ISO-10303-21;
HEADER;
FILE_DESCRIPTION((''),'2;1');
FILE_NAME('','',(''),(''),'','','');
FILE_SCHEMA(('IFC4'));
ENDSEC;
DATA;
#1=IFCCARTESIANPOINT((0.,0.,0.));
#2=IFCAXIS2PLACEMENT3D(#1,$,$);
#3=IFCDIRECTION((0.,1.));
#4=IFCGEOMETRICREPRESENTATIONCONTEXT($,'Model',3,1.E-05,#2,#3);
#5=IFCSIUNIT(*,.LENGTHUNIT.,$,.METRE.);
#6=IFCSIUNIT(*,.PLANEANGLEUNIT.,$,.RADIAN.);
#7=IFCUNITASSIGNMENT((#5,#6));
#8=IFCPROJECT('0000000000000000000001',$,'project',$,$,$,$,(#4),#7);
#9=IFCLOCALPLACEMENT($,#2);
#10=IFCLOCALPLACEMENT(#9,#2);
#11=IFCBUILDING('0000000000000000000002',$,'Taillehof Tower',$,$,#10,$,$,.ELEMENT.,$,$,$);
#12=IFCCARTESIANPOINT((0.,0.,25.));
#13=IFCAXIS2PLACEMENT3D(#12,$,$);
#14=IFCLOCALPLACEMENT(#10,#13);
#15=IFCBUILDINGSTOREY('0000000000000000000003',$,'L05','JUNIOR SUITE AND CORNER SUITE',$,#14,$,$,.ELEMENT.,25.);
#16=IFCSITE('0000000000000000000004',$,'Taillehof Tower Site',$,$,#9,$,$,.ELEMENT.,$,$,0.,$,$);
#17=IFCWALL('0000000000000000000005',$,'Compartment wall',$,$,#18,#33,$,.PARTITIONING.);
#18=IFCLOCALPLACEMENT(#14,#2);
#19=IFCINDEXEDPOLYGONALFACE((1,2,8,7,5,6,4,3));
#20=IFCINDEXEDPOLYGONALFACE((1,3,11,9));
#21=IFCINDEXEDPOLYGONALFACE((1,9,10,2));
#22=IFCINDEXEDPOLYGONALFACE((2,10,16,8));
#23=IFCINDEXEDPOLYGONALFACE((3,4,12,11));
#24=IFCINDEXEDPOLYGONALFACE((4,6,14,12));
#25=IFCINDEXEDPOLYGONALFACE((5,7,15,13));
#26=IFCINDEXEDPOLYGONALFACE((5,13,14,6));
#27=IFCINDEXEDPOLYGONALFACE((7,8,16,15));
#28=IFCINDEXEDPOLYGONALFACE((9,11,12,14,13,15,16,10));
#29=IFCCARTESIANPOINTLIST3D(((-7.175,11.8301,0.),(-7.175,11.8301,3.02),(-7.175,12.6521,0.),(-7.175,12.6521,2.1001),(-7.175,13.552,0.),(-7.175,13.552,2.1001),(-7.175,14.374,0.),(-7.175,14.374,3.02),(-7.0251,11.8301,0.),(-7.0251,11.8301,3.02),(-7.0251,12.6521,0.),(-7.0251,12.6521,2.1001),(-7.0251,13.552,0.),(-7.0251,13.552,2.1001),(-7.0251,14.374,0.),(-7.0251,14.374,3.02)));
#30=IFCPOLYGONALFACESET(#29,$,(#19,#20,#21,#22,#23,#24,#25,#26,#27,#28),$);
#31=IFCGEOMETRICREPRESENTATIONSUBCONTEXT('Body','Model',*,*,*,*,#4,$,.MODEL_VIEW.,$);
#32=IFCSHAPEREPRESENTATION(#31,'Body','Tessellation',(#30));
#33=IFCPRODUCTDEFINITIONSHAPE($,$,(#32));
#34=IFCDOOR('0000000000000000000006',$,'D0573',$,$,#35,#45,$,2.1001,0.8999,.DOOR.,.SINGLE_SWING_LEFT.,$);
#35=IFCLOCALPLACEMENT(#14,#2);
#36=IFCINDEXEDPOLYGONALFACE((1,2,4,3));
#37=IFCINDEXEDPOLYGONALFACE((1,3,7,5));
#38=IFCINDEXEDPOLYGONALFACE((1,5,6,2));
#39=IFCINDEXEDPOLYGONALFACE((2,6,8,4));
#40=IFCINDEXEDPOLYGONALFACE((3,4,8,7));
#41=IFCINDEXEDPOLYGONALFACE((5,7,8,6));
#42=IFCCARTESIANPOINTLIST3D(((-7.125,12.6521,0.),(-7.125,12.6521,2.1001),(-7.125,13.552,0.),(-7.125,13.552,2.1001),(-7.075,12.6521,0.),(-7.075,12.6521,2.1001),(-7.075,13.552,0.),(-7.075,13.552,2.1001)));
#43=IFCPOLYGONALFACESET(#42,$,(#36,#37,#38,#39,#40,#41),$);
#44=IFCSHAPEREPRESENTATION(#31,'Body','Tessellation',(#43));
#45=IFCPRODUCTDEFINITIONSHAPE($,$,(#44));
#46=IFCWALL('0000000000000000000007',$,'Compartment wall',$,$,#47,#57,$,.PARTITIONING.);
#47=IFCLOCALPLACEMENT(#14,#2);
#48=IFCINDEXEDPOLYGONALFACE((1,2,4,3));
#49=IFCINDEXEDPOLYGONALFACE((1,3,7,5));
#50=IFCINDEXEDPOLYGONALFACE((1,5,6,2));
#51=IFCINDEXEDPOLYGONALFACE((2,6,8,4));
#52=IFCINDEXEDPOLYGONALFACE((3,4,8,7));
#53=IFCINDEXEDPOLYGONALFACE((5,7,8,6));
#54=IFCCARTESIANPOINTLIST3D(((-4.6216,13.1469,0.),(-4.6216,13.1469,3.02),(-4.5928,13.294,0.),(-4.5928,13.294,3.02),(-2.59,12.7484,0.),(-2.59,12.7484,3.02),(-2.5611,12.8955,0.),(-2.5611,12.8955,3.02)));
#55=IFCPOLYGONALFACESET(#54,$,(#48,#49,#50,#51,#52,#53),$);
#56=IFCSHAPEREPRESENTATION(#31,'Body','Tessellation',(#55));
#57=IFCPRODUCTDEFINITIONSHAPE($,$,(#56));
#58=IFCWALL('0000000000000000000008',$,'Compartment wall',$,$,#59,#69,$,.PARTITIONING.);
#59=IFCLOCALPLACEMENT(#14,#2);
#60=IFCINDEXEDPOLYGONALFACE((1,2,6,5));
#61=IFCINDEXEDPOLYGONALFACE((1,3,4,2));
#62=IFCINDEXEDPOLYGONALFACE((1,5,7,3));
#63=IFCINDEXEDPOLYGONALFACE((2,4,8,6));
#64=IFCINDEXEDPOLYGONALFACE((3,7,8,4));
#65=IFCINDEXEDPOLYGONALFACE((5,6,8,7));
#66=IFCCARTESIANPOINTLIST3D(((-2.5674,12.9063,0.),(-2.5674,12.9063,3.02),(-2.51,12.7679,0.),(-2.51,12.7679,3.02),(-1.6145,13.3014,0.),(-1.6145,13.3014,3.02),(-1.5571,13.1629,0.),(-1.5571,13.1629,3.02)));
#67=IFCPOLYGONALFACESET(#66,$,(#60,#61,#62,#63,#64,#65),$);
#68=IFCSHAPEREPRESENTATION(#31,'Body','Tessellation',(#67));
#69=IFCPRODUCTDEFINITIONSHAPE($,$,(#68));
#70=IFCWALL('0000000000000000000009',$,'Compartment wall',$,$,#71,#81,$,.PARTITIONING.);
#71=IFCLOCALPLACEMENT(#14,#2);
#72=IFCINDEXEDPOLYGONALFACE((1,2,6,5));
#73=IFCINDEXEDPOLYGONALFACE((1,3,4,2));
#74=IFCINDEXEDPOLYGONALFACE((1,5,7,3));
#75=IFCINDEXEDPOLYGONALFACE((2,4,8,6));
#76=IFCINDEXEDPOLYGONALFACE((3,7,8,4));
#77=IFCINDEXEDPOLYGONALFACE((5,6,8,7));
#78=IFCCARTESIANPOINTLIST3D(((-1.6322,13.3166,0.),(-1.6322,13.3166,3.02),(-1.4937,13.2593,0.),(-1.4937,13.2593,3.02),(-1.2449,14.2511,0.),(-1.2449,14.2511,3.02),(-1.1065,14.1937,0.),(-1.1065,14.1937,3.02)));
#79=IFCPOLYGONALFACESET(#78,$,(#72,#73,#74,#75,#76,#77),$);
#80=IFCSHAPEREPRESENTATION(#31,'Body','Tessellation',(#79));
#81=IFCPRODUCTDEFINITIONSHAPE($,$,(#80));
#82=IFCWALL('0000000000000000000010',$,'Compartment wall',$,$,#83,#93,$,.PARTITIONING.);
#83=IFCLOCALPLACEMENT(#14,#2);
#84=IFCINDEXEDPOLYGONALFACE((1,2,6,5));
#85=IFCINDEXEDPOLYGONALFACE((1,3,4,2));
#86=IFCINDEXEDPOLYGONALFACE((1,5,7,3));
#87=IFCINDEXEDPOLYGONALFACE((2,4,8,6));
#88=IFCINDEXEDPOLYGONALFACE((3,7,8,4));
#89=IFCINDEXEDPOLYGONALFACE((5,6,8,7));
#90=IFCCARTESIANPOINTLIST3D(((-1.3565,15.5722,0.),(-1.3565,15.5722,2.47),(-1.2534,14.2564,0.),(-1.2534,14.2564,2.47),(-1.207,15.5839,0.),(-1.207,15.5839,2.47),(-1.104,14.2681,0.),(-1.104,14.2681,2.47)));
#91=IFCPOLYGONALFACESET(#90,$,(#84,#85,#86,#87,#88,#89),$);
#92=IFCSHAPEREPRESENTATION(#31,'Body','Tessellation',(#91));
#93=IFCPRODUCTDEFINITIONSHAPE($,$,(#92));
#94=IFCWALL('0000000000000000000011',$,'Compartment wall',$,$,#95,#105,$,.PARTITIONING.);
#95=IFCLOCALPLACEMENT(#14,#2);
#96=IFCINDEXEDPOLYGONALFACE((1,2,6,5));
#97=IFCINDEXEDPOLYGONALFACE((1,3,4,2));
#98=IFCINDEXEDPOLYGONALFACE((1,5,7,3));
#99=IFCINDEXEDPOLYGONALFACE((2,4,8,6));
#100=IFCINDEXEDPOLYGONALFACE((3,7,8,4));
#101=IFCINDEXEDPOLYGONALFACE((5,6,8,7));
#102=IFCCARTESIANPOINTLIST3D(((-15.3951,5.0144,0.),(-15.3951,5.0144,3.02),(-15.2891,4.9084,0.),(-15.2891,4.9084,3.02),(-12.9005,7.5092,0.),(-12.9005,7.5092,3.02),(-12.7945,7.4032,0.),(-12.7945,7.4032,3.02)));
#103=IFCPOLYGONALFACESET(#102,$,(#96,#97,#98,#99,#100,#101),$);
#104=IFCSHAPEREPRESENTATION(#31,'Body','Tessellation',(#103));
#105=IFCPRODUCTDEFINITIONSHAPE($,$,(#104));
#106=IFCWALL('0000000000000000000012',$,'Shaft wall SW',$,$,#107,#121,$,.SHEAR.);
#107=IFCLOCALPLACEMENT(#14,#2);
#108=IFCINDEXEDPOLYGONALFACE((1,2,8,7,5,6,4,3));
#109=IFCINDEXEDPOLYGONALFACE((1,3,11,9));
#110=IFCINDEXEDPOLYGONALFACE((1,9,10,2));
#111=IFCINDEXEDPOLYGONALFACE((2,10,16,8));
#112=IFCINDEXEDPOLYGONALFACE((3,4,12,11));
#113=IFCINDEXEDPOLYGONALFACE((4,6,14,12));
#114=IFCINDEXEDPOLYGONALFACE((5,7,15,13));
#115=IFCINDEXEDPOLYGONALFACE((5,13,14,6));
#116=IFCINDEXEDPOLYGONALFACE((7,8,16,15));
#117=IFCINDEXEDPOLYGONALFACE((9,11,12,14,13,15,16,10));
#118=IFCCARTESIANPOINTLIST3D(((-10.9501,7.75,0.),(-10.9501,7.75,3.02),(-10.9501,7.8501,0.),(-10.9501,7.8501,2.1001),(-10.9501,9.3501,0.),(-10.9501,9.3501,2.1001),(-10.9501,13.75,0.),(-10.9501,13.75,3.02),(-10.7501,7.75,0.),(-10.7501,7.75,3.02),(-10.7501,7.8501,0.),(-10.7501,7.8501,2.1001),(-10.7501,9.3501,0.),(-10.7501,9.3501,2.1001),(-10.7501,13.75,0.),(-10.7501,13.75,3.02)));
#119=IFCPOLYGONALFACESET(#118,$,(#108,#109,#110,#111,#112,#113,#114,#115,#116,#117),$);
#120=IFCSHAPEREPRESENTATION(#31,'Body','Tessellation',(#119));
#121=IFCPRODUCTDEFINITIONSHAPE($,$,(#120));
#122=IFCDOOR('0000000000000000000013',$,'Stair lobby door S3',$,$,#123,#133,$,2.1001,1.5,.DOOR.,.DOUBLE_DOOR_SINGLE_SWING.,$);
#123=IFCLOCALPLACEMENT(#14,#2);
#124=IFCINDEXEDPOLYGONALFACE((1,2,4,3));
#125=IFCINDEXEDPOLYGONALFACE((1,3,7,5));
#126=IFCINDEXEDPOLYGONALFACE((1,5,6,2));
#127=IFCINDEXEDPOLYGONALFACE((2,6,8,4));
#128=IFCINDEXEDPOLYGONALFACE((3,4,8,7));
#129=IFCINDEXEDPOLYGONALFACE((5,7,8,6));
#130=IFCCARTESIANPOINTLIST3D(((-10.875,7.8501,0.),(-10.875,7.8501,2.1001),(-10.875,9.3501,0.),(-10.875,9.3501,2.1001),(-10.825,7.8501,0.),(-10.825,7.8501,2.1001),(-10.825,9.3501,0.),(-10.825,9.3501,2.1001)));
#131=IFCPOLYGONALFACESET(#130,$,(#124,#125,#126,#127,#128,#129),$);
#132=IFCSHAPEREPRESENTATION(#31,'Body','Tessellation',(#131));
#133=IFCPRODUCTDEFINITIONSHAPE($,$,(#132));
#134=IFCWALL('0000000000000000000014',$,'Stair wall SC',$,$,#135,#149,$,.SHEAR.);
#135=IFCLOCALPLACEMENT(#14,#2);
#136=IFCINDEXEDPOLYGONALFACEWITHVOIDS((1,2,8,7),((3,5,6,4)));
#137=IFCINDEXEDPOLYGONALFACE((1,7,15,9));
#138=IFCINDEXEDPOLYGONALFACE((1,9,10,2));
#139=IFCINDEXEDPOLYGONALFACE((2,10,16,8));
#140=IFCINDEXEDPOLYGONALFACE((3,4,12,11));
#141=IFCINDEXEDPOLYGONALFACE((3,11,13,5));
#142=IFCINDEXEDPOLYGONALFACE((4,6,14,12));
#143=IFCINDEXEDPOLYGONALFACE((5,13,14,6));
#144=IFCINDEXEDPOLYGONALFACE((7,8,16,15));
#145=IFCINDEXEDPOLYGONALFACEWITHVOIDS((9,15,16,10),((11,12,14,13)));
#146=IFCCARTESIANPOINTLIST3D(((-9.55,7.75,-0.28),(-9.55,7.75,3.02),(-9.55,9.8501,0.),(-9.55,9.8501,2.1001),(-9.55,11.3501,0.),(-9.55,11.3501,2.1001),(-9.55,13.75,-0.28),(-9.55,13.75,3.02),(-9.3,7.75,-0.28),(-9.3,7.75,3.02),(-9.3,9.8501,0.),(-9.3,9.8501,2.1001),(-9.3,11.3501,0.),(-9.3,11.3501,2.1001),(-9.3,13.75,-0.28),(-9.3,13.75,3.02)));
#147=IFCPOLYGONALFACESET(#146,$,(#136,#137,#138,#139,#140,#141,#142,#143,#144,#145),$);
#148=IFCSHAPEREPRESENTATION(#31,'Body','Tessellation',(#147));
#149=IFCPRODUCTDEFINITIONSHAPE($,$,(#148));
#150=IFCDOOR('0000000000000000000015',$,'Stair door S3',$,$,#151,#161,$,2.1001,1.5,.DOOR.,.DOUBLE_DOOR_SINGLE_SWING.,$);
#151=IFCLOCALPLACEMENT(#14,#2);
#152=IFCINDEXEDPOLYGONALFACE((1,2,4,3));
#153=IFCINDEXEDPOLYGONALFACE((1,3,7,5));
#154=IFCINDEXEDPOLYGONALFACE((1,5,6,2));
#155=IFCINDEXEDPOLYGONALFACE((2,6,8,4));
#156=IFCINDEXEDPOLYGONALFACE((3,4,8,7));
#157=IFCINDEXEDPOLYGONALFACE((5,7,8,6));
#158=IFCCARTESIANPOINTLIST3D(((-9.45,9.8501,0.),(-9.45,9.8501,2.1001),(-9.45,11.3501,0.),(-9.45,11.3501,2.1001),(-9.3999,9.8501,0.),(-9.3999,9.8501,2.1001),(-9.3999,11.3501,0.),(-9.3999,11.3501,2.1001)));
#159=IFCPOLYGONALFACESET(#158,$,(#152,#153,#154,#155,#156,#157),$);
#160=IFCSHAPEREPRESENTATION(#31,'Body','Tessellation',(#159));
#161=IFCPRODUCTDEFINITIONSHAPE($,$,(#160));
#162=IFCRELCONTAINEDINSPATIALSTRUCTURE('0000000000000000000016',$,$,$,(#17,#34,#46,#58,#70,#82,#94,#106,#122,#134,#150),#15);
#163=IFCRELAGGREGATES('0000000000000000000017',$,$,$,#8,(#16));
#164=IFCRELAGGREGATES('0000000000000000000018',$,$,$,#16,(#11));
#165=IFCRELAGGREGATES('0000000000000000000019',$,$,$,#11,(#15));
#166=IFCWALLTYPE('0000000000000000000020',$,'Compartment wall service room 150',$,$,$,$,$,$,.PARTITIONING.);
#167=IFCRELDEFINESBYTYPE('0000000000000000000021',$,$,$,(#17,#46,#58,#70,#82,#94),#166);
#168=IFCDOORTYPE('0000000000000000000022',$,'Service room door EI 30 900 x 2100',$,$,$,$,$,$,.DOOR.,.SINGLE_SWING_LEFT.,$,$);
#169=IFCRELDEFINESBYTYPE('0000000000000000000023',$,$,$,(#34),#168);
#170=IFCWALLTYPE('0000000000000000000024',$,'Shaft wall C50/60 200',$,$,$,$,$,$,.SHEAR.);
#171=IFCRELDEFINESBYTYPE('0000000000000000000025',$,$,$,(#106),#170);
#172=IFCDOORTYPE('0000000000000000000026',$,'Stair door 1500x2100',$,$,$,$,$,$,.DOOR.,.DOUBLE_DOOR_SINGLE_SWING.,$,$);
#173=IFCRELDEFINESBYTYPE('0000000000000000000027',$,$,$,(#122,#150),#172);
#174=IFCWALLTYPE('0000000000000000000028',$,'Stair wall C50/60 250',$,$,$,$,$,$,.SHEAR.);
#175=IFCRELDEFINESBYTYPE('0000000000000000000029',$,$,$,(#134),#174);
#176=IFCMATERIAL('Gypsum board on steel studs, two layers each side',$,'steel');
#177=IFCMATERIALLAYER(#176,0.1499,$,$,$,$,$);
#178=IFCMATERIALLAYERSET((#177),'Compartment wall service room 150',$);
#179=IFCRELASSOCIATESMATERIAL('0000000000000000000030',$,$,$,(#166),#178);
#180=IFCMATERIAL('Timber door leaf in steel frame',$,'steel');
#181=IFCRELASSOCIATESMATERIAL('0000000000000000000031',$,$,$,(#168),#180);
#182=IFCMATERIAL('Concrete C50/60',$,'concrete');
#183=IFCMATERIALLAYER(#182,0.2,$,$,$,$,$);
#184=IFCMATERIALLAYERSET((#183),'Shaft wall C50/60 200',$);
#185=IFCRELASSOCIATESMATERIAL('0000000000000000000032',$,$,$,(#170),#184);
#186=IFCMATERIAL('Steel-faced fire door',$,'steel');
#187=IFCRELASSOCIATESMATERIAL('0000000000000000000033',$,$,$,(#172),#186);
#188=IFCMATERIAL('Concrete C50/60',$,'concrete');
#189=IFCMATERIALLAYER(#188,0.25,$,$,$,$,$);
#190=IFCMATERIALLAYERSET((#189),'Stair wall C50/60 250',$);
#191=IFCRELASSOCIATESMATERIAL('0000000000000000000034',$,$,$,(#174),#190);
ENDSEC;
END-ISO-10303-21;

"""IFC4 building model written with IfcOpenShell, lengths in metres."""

from ifc_helpers import new_model, si_unit, direction, frame, frame_2d, origin, place, context, subcontext, project, spatial, rectangle, extrude, material, layer, layer_set, type_object, element, fill, save


model = new_model("IFC4")

# Units and contexts
model_context = context("Model", 3, precision=1e-05, world=origin(), true_north=direction((0.0, 1.0)))
body_context = subcontext(model_context, "Body", "Model", "MODEL_VIEW")
ifc_project = project(units=[si_unit("LENGTHUNIT", "METRE"), si_unit("PLANEANGLEUNIT", "RADIAN")], contexts=[model_context])

# Site, building, storey
site_placement = place(None, origin())
site = spatial("IfcSite", under=ifc_project, at=site_placement, Name="Taillehof Tower Site", CompositionType="ELEMENT", RefElevation=0.0)
building_placement = place(site_placement, origin())
building = spatial("IfcBuilding", under=site, at=building_placement, Name="Taillehof Tower", CompositionType="ELEMENT")
storey_placement = place(building_placement, frame((0.0, 0.0, 25.0)))
storey = spatial("IfcBuildingStorey", under=building, at=storey_placement, Name="L05", Description="JUNIOR SUITE AND CORNER SUITE", CompositionType="ELEMENT", Elevation=25.0)

# Shared definitions
ifc_material_1 = material(Name="Gypsum board on steel studs, two layers each side", Category="steel")
ifc_layer_1 = layer(ifc_material_1, 0.1499)
ifc_layer_set_1 = layer_set([ifc_layer_1], Name="Compartment wall service room 150")
wall_type_1 = type_object("IfcWallType", Name="Compartment wall service room 150", PredefinedType="PARTITIONING", material=ifc_layer_set_1)

# Wall, opening, door
wall_1_placement = place(storey_placement, frame((-7.1001, 11.8301, 0.0), z_axis=(0.0, 0.0, 1.0), x_axis=(0.0, 1.0, 0.0)))
wall_1 = element("IfcWall", 1, at=wall_1_placement, inside=storey, type_object=wall_type_1, Name="Compartment wall", PredefinedType="PARTITIONING", context=body_context, shape_type="SweptSolid", body=[
    extrude(rectangle(XDim=2.5439, YDim=0.1499, at=frame_2d((1.272, 0.0))), origin(), (0.0, 0.0, 1.0), 3.02),
])
opening_1_placement = place(wall_1_placement, frame((0.822, 0.0, 0.0)))
opening_1 = element("IfcOpeningElement", 2, at=opening_1_placement, cuts=wall_1, PredefinedType="OPENING", context=body_context, shape_type="SweptSolid", body=[
    extrude(rectangle(XDim=0.8999, YDim=2.1001, at=frame_2d((0.45, 1.05))), frame((0.0, 0.085, 0.0), z_axis=(0.0, -1.0, 0.0), x_axis=(1.0, 0.0, 0.0)), (0.0, 0.0, 1.0), 0.1699),
])
ifc_material_2 = material(Name="Timber door leaf in steel frame", Category="steel")
door_type_1 = type_object("IfcDoorType", Name="Service room door EI 30 900 x 2100", OperationType="SINGLE_SWING_LEFT", PredefinedType="DOOR", material=ifc_material_2)
door_1_placement = place(opening_1_placement, origin())
door_1 = element("IfcDoor", 3, at=door_1_placement, inside=storey, type_object=door_type_1, Name="D0573", OperationType="SINGLE_SWING_LEFT", OverallHeight=2.1001, OverallWidth=0.8999, PredefinedType="DOOR", context=body_context, shape_type="SweptSolid", body=[
    extrude(rectangle(XDim=0.8999, YDim=2.1001, at=frame_2d((0.45, 1.05))), frame((0.0, 0.0249, 0.0), z_axis=(0.0, -1.0, 0.0), x_axis=(1.0, 0.0, 0.0)), (0.0, 0.0, 1.0), 0.05),
])
fill(opening_1, door_1)

# Walls
wall_2_placement = place(storey_placement, frame((-4.6072, 13.2205, 0.0), z_axis=(0.0, 0.0, 1.0), x_axis=(0.981304, -0.192463, 0.0)))
element("IfcWall", 4, at=wall_2_placement, inside=storey, type_object=wall_type_1, Name="Compartment wall", PredefinedType="PARTITIONING", context=body_context, shape_type="SweptSolid", body=[
    extrude(rectangle(XDim=2.0703, YDim=0.1499, at=frame_2d((1.0352, 0.0))), origin(), (0.0, 0.0, 1.0), 3.02),
])
wall_3_placement = place(storey_placement, frame((-2.5386, 12.8372, 0.0), z_axis=(0.0, 0.0, 1.0), x_axis=(0.923769, 0.382951, 0.0)))
element("IfcWall", 5, at=wall_3_placement, inside=storey, type_object=wall_type_1, Name="Compartment wall", PredefinedType="PARTITIONING", context=body_context, shape_type="SweptSolid", body=[
    extrude(rectangle(XDim=1.0315, YDim=0.1499, at=frame_2d((0.5156, 0.0))), origin(), (0.0, 0.0, 1.0), 3.02),
])
wall_4_placement = place(storey_placement, frame((-1.563, 13.2878, 0.0), z_axis=(0.0, 0.0, 1.0), x_axis=(0.382849, 0.923811, 0.0)))
element("IfcWall", 6, at=wall_4_placement, inside=storey, type_object=wall_type_1, Name="Compartment wall", PredefinedType="PARTITIONING", context=body_context, shape_type="SweptSolid", body=[
    extrude(rectangle(XDim=1.0115, YDim=0.1499, at=frame_2d((0.5059, 0.0))), origin(), (0.0, 0.0, 1.0), 3.02),
])
wall_5_placement = place(storey_placement, frame((-1.1787, 14.2622, 0.0), z_axis=(0.0, 0.0, 1.0), x_axis=(-0.078054, 0.996949, 0.0)))
element("IfcWall", 7, at=wall_5_placement, inside=storey, type_object=wall_type_1, Name="Compartment wall", PredefinedType="PARTITIONING", context=body_context, shape_type="SweptSolid", body=[
    extrude(rectangle(XDim=1.3198, YDim=0.1499, at=frame_2d((0.6599, 0.0))), origin(), (0.0, 0.0, 1.0), 2.47),
])
wall_6_placement = place(storey_placement, frame((-12.8474, 7.4563, 0.0), z_axis=(0.0, 0.0, 1.0), x_axis=(-0.707072, -0.707141, 0.0)))
element("IfcWall", 8, at=wall_6_placement, inside=storey, type_object=wall_type_1, Name="Compartment wall", PredefinedType="PARTITIONING", context=body_context, shape_type="SweptSolid", body=[
    extrude(rectangle(XDim=3.5281, YDim=0.1499, at=frame_2d((1.7642, 0.0))), origin(), (0.0, 0.0, 1.0), 3.02),
])

# Walls, openings, doors
ifc_material_3 = material(Name="Concrete C50/60", Category="concrete")
ifc_layer_2 = layer(ifc_material_3, 0.2)
ifc_layer_set_2 = layer_set([ifc_layer_2], Name="Shaft wall C50/60 200")
wall_type_2 = type_object("IfcWallType", Name="Shaft wall C50/60 200", PredefinedType="SHEAR", material=ifc_layer_set_2)
wall_7_placement = place(storey_placement, frame((-10.8501, 7.75, 0.0), z_axis=(0.0, 0.0, 1.0), x_axis=(0.0, 1.0, 0.0)))
wall_7 = element("IfcWall", 9, at=wall_7_placement, inside=storey, type_object=wall_type_2, Name="Shaft wall SW", PredefinedType="SHEAR", context=body_context, shape_type="SweptSolid", body=[
    extrude(rectangle(XDim=6.0, YDim=0.2, at=frame_2d((3.0, 0.0))), origin(), (0.0, 0.0, 1.0), 3.02),
])
opening_2_placement = place(wall_7_placement, frame((0.1001, 0.0, 0.0)))
opening_2 = element("IfcOpeningElement", 10, at=opening_2_placement, cuts=wall_7, PredefinedType="OPENING", context=body_context, shape_type="SweptSolid", body=[
    extrude(rectangle(XDim=1.5, YDim=2.1001, at=frame_2d((0.75, 1.05))), frame((0.0, 0.1099, 0.0), z_axis=(0.0, -1.0, 0.0), x_axis=(1.0, 0.0, 0.0)), (0.0, 0.0, 1.0), 0.22),
])
ifc_material_4 = material(Name="Steel-faced fire door", Category="steel")
door_type_2 = type_object("IfcDoorType", Name="Stair door 1500x2100", OperationType="DOUBLE_DOOR_SINGLE_SWING", PredefinedType="DOOR", material=ifc_material_4)
door_2_placement = place(opening_2_placement, origin())
door_2 = element("IfcDoor", 11, at=door_2_placement, inside=storey, type_object=door_type_2, Name="Stair lobby door S3", OperationType="DOUBLE_DOOR_SINGLE_SWING", OverallHeight=2.1001, OverallWidth=1.5, PredefinedType="DOOR", context=body_context, shape_type="SweptSolid", body=[
    extrude(rectangle(XDim=1.5, YDim=2.1001, at=frame_2d((0.75, 1.05))), frame((0.0, 0.0249, 0.0), z_axis=(0.0, -1.0, 0.0), x_axis=(1.0, 0.0, 0.0)), (0.0, 0.0, 1.0), 0.05),
])
fill(opening_2, door_2)
ifc_material_5 = material(Name="Concrete C50/60", Category="concrete")
ifc_layer_3 = layer(ifc_material_5, 0.25)
ifc_layer_set_3 = layer_set([ifc_layer_3], Name="Stair wall C50/60 250")
wall_type_3 = type_object("IfcWallType", Name="Stair wall C50/60 250", PredefinedType="SHEAR", material=ifc_layer_set_3)
wall_8_placement = place(storey_placement, frame((-9.425, 7.75, -0.28), z_axis=(0.0, 0.0, 1.0), x_axis=(0.0, 1.0, 0.0)))
wall_8 = element("IfcWall", 12, at=wall_8_placement, inside=storey, type_object=wall_type_3, Name="Stair wall SC", PredefinedType="SHEAR", context=body_context, shape_type="SweptSolid", body=[
    extrude(rectangle(XDim=6.0, YDim=0.25, at=frame_2d((3.0, 0.0))), origin(), (0.0, 0.0, 1.0), 3.3),
])
opening_3_placement = place(wall_8_placement, frame((2.1001, 0.0, 0.28)))
opening_3 = element("IfcOpeningElement", 13, at=opening_3_placement, cuts=wall_8, PredefinedType="OPENING", context=body_context, shape_type="SweptSolid", body=[
    extrude(rectangle(XDim=1.5, YDim=2.1001, at=frame_2d((0.75, 1.05))), frame((0.0, 0.135, 0.0), z_axis=(0.0, -1.0, 0.0), x_axis=(1.0, 0.0, 0.0)), (0.0, 0.0, 1.0), 0.27),
])
door_3_placement = place(opening_3_placement, origin())
door_3 = element("IfcDoor", 14, at=door_3_placement, inside=storey, type_object=door_type_2, Name="Stair door S3", OperationType="DOUBLE_DOOR_SINGLE_SWING", OverallHeight=2.1001, OverallWidth=1.5, PredefinedType="DOOR", context=body_context, shape_type="SweptSolid", body=[
    extrude(rectangle(XDim=1.5, YDim=2.1001, at=frame_2d((0.75, 1.05))), frame((0.0, 0.0249, 0.0), z_axis=(0.0, -1.0, 0.0), x_axis=(1.0, 0.0, 0.0)), (0.0, 0.0, 1.0), 0.05),
])
fill(opening_3, door_3)

save(model, "model.ifc")
